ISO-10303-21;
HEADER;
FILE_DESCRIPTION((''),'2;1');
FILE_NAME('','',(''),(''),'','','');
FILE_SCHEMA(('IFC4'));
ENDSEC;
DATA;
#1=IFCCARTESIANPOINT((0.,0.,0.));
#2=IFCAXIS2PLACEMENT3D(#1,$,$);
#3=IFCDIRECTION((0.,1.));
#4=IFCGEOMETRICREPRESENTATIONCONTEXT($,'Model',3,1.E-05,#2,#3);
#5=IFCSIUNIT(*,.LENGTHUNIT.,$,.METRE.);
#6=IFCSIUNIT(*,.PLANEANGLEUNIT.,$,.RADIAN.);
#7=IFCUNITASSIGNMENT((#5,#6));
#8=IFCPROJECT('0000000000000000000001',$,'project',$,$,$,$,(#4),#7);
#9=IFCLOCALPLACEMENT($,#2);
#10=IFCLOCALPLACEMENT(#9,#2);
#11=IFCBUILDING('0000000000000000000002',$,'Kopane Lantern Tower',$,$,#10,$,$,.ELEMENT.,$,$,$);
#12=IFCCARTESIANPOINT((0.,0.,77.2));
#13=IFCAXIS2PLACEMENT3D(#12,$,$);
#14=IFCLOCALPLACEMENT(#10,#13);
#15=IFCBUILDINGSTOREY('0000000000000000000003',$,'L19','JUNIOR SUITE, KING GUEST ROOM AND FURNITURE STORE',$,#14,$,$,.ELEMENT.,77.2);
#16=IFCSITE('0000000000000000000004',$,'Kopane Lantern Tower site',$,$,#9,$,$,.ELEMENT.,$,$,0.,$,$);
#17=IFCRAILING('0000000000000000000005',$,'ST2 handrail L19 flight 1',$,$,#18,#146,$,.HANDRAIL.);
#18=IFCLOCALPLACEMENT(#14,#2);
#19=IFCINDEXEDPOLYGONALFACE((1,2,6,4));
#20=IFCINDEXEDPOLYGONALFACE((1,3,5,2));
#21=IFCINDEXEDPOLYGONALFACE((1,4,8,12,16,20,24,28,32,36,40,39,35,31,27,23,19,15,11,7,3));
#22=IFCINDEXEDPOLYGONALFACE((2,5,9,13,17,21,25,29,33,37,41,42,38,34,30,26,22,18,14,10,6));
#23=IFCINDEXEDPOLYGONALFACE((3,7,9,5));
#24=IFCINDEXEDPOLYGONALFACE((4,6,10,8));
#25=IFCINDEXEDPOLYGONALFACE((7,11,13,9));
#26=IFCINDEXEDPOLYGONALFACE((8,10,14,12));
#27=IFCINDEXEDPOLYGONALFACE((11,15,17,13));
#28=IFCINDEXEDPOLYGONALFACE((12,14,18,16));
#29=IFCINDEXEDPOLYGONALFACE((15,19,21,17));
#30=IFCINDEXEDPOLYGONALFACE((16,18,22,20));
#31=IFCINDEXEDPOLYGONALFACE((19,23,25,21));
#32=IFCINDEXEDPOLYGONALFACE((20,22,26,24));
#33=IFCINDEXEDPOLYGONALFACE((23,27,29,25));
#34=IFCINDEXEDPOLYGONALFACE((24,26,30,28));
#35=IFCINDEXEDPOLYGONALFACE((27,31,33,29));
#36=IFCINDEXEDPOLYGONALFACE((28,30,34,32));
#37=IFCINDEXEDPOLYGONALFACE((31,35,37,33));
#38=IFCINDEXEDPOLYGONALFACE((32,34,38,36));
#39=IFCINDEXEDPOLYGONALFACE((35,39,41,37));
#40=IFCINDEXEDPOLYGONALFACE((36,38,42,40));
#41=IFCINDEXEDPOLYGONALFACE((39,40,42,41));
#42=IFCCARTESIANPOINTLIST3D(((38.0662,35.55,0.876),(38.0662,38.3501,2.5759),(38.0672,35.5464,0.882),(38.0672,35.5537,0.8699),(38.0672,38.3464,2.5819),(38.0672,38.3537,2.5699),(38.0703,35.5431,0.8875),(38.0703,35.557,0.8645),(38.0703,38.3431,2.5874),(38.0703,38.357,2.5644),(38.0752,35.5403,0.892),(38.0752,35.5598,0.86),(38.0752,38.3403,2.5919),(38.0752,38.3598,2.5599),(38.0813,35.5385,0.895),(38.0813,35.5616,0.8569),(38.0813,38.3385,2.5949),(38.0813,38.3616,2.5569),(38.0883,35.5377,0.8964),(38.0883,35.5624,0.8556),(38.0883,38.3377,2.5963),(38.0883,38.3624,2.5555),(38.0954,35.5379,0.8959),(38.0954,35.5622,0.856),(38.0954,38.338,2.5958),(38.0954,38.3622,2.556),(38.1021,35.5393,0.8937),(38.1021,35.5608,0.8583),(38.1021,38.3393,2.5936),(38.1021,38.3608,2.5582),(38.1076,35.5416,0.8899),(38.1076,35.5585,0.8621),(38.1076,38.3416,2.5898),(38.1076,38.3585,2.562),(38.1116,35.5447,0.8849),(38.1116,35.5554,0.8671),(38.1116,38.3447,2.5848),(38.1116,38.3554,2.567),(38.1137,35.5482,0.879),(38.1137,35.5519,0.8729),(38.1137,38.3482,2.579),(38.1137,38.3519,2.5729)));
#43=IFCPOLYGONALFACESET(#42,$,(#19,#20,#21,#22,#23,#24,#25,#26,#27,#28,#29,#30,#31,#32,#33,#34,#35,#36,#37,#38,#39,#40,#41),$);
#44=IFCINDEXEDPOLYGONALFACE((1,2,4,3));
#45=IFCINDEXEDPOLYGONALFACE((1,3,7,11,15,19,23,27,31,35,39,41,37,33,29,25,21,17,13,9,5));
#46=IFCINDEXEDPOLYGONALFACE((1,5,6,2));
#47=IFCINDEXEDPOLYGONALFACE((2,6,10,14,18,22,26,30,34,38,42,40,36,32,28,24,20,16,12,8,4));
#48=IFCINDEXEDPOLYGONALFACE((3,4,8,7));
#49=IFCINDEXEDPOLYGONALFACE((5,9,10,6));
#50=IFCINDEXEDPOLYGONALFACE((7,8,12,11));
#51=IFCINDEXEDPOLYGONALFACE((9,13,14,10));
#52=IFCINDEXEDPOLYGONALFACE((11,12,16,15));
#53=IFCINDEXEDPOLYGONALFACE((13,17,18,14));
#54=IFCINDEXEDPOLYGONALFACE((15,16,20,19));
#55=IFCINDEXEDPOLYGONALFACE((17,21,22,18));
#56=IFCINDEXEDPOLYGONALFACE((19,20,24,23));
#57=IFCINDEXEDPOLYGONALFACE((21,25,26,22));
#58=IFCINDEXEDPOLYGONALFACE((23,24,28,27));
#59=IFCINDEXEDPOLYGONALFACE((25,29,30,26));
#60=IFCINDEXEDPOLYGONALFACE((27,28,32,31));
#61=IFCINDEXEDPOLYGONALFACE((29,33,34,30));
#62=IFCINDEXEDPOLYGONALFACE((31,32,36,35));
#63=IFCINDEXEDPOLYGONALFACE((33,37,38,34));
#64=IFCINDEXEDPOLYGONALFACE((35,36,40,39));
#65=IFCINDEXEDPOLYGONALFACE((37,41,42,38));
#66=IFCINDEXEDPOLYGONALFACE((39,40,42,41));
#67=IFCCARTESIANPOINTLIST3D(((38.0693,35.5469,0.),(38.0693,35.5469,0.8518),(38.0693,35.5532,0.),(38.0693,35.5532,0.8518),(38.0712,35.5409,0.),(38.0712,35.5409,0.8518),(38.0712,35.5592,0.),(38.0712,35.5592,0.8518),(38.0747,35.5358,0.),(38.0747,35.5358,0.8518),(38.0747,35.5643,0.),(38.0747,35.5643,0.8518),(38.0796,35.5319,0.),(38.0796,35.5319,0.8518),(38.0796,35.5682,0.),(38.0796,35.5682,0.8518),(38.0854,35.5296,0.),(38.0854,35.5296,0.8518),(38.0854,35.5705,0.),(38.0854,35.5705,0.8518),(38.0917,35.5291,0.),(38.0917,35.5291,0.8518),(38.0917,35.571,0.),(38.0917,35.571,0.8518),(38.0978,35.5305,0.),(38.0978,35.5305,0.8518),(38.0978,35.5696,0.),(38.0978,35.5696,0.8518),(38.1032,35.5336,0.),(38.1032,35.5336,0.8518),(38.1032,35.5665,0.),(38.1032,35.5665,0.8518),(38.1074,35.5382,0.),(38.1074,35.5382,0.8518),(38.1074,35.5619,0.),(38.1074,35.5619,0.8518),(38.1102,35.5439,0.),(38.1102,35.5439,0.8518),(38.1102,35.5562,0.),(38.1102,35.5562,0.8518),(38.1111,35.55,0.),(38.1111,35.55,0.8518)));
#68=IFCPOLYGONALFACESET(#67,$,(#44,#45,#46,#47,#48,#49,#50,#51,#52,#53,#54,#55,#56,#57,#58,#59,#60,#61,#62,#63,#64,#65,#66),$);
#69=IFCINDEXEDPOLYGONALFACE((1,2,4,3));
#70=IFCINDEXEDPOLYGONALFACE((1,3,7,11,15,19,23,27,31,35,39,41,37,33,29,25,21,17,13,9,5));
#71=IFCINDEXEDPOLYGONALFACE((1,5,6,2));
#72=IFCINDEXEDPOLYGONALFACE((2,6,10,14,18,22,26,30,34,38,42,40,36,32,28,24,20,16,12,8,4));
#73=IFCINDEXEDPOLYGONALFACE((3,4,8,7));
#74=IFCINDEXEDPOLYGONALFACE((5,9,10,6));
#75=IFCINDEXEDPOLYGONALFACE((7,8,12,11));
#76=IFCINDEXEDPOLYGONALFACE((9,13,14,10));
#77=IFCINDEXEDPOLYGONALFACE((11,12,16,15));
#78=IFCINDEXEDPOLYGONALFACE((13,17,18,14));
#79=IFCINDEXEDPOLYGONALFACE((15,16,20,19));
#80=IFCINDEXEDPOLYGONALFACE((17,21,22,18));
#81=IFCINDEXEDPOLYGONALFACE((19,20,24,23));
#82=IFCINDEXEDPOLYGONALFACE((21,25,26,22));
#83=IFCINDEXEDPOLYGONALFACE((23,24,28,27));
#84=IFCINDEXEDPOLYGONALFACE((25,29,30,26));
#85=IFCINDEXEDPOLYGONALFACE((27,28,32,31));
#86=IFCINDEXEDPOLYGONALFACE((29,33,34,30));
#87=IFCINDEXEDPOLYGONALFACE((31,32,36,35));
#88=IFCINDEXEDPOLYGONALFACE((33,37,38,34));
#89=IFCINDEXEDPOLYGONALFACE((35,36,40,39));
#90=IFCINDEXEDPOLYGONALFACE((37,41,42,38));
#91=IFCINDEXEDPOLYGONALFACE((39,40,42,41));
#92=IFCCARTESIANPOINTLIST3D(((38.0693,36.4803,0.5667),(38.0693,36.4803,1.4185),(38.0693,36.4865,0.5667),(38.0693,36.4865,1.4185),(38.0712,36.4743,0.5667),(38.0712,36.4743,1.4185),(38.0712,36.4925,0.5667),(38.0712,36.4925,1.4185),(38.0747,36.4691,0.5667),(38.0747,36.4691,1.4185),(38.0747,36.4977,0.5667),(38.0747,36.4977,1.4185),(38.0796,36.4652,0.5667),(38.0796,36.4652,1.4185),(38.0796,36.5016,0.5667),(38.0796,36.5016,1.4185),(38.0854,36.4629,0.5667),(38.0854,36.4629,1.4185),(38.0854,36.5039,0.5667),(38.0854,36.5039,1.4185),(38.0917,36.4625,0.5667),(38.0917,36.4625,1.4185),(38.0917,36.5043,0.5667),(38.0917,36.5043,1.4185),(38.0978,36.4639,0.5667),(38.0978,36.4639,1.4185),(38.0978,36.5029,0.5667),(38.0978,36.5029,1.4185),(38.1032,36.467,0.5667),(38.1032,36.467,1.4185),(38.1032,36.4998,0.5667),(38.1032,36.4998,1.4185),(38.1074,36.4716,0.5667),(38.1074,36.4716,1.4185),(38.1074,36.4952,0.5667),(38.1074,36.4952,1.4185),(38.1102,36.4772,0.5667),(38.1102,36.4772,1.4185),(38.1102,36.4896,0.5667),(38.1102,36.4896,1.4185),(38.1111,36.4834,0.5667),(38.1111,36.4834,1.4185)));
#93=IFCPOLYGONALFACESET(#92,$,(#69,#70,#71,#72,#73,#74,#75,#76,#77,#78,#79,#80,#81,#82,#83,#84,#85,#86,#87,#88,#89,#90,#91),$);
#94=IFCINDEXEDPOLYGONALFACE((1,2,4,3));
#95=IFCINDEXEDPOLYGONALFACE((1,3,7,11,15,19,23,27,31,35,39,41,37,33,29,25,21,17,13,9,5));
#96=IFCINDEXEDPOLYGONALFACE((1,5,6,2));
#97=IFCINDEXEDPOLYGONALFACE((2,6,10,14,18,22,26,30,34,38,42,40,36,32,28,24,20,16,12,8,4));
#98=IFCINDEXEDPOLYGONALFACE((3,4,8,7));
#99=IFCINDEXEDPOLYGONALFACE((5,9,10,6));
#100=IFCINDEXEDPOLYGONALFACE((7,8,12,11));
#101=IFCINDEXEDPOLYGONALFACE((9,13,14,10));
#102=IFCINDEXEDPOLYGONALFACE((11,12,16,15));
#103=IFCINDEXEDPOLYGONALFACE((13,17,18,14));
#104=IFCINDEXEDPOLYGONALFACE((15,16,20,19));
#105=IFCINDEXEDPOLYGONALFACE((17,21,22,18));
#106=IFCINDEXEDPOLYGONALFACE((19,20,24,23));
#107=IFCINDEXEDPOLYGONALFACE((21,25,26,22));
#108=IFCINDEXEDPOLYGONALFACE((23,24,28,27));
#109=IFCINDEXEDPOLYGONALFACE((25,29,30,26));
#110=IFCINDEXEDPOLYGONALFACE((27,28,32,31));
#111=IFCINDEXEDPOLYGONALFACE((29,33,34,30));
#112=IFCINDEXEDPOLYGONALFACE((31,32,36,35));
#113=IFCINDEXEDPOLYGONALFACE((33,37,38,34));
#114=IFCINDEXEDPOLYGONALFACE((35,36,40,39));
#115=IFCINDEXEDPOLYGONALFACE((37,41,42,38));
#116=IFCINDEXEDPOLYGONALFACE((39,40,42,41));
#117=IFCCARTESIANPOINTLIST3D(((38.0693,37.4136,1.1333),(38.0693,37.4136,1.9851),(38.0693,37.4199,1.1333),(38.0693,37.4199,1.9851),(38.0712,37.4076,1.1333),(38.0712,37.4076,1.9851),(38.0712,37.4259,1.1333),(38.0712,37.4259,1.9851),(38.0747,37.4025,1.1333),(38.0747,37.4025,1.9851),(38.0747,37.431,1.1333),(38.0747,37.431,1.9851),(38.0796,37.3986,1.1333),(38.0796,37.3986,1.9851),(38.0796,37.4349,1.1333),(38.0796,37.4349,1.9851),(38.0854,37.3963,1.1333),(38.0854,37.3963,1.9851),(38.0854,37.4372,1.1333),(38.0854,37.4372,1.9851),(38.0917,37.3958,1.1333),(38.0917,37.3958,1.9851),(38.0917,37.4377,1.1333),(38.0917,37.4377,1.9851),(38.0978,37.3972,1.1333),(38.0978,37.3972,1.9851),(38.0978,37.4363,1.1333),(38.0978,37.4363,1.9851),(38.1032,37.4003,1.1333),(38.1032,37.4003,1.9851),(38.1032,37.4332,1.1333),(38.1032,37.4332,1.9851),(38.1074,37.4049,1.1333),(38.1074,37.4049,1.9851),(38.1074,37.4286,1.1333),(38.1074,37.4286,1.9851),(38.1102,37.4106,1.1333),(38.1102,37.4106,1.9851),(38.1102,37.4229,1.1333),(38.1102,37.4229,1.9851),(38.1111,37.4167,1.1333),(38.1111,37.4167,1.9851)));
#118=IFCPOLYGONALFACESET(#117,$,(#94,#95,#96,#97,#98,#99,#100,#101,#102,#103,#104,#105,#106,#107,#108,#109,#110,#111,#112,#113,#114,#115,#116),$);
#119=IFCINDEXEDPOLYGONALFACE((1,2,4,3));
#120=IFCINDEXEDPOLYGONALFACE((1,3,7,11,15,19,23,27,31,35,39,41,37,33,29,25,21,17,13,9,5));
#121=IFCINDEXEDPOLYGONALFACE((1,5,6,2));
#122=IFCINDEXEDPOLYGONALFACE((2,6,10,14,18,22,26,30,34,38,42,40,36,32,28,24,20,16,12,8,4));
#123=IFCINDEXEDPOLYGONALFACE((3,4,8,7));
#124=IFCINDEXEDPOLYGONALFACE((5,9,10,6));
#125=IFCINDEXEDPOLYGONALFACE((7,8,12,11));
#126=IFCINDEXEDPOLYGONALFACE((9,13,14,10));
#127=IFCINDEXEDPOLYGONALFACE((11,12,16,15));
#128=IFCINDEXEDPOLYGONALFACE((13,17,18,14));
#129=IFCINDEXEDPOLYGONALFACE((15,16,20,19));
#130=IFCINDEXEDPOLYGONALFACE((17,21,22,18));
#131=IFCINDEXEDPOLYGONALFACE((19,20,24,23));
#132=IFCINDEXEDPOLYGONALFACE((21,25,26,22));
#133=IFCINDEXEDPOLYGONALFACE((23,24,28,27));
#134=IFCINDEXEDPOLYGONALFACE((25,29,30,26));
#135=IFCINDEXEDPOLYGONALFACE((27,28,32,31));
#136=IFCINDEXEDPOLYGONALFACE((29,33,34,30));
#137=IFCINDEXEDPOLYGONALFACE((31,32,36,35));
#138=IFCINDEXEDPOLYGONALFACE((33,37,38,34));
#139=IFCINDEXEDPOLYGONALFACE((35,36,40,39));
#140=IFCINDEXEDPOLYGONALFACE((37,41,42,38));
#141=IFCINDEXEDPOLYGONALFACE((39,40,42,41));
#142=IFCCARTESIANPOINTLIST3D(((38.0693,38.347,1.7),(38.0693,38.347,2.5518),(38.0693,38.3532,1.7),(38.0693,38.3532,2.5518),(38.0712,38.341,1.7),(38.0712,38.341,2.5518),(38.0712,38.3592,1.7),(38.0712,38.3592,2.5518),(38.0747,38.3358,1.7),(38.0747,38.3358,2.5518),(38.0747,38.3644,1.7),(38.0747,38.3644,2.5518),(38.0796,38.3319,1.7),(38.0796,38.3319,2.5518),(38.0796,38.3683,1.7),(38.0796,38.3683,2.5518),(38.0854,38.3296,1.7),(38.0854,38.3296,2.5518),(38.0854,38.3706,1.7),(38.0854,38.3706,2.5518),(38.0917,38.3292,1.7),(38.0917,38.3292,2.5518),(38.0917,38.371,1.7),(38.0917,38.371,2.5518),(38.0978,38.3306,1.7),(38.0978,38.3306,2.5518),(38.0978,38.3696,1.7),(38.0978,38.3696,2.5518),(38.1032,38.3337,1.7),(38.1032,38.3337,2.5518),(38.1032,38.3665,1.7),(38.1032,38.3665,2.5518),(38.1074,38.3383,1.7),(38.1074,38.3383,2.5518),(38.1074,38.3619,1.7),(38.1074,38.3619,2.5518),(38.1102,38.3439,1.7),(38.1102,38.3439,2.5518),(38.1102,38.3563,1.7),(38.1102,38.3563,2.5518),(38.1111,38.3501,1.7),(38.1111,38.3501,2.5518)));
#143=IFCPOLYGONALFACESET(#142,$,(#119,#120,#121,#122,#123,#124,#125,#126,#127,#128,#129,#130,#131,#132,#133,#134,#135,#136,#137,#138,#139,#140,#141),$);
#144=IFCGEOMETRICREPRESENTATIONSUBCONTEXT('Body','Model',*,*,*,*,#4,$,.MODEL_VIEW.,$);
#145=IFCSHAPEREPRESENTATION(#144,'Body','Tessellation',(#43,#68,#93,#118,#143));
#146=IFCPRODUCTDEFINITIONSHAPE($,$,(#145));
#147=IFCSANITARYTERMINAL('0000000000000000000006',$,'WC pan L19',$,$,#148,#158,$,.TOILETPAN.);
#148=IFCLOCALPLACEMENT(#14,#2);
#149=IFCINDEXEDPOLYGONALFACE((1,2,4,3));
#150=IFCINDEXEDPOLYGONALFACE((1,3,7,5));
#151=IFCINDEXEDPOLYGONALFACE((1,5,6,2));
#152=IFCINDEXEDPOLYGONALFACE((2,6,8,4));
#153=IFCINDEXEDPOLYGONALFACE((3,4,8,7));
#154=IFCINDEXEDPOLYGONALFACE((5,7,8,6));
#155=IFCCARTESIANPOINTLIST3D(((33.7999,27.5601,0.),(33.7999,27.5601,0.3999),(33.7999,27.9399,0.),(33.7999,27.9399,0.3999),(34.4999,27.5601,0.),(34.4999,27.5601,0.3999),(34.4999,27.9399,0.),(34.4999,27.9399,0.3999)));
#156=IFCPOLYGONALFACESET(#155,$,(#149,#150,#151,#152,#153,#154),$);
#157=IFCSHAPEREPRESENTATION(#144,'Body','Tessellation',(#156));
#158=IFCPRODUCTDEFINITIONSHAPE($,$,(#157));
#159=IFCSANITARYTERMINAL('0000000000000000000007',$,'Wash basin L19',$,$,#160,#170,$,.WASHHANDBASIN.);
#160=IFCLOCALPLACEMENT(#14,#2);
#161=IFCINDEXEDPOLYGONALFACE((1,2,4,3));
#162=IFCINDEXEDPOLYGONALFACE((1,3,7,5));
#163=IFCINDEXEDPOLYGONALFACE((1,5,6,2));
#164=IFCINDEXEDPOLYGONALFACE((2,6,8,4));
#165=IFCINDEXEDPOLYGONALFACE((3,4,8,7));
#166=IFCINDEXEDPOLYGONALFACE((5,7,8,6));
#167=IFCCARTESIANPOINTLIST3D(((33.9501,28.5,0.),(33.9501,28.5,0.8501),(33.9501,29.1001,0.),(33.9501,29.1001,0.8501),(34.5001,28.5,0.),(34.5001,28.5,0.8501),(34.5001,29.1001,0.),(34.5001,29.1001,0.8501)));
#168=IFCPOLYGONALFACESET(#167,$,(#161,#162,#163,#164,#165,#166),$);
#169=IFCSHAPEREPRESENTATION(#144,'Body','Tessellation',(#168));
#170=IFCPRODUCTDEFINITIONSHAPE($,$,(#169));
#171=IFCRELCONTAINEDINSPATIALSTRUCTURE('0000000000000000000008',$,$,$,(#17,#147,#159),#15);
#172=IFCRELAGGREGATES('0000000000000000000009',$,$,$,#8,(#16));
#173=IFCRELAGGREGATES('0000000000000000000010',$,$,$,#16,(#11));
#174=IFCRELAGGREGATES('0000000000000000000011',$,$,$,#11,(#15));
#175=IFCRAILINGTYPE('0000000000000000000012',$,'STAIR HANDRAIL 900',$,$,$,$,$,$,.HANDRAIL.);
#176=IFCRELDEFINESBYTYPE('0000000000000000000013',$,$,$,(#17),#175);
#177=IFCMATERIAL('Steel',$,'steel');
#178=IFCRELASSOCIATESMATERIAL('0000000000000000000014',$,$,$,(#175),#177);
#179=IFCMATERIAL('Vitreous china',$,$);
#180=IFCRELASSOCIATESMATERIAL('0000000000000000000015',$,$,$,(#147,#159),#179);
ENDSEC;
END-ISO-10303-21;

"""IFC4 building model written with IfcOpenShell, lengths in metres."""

from ifc_helpers import new_model, si_unit, direction, frame, origin, origin_2d, place, context, subcontext, project, spatial, rectangle, circle, extrude, material, type_object, element, save


model = new_model("IFC4")

# Units and contexts
model_context = context("Model", 3, precision=1e-05, world=origin(), true_north=direction((0.0, 1.0)))
body_context = subcontext(model_context, "Body", "Model", "MODEL_VIEW")
ifc_project = project(units=[si_unit("LENGTHUNIT", "METRE"), si_unit("PLANEANGLEUNIT", "RADIAN")], contexts=[model_context])

# Site, building, storey
site_placement = place(None, origin())
site = spatial("IfcSite", under=ifc_project, at=site_placement, Name="Kopane Lantern Tower site", CompositionType="ELEMENT", RefElevation=0.0)
building_placement = place(site_placement, origin())
building = spatial("IfcBuilding", under=site, at=building_placement, Name="Kopane Lantern Tower", CompositionType="ELEMENT")
storey_placement = place(building_placement, frame((0.0, 0.0, 77.2)))
storey = spatial("IfcBuildingStorey", under=building, at=storey_placement, Name="L19", Description="JUNIOR SUITE, KING GUEST ROOM AND FURNITURE STORE", CompositionType="ELEMENT", Elevation=77.2)

# Railing
ifc_material_1 = material(Name="Steel", Category="steel")
railing_type = type_object("IfcRailingType", Name="STAIR HANDRAIL 900", PredefinedType="HANDRAIL", material=ifc_material_1)
for number, where, name in (
    (1, (38.0901, 35.55, 0.0), "ST2 handrail L19 flight 1"),
):
    element("IfcRailing", number, at=place(storey_placement, frame(where)), inside=storey, type_object=railing_type, Name=name, PredefinedType="HANDRAIL", context=body_context, shape_type="SweptSolid", body=[
        extrude(circle(Radius=0.0239, at=origin_2d()), frame((0.0, 0.0, 0.876), z_axis=(0.0, 0.854798, 0.518961), x_axis=(-1.0, 0.0, 0.0)), (0.0, 0.0, 1.0), 3.2756),
        extrude(circle(Radius=0.021, at=origin_2d()), origin(), (0.0, 0.0, 1.0), 0.8518),
        extrude(circle(Radius=0.021, at=origin_2d()), frame((0.0, 0.9333, 0.5667)), (0.0, 0.0, 1.0), 0.8518),
        extrude(circle(Radius=0.021, at=origin_2d()), frame((0.0, 1.8667, 1.1333)), (0.0, 0.0, 1.0), 0.8518),
        extrude(circle(Radius=0.021, at=origin_2d()), frame((0.0, 2.8, 1.7)), (0.0, 0.0, 1.0), 0.8518),
    ])

# Sanitary terminals
ifc_material_2 = material(Name="Vitreous china")
sanitary_terminal_1_placement = place(storey_placement, frame((34.1499, 27.75, 0.0), z_axis=(0.0, 0.0, 1.0), x_axis=(1.0, 0.0, 0.0)))
element("IfcSanitaryTerminal", 2, at=sanitary_terminal_1_placement, inside=storey, material=ifc_material_2, Name="WC pan L19", PredefinedType="TOILETPAN", context=body_context, shape_type="SweptSolid", body=[
    extrude(rectangle(XDim=0.7, YDim=0.3799, at=origin_2d()), origin(), (0.0, 0.0, 1.0), 0.3999),
])
sanitary_terminal_2_placement = place(storey_placement, frame((34.2251, 28.8, 0.0), z_axis=(0.0, 0.0, 1.0), x_axis=(1.0, 0.0, 0.0)))
element("IfcSanitaryTerminal", 3, at=sanitary_terminal_2_placement, inside=storey, material=ifc_material_2, Name="Wash basin L19", PredefinedType="WASHHANDBASIN", context=body_context, shape_type="SweptSolid", body=[
    extrude(rectangle(XDim=0.55, YDim=0.6001, at=origin_2d()), origin(), (0.0, 0.0, 1.0), 0.8501),
])

save(model, "model.ifc")
